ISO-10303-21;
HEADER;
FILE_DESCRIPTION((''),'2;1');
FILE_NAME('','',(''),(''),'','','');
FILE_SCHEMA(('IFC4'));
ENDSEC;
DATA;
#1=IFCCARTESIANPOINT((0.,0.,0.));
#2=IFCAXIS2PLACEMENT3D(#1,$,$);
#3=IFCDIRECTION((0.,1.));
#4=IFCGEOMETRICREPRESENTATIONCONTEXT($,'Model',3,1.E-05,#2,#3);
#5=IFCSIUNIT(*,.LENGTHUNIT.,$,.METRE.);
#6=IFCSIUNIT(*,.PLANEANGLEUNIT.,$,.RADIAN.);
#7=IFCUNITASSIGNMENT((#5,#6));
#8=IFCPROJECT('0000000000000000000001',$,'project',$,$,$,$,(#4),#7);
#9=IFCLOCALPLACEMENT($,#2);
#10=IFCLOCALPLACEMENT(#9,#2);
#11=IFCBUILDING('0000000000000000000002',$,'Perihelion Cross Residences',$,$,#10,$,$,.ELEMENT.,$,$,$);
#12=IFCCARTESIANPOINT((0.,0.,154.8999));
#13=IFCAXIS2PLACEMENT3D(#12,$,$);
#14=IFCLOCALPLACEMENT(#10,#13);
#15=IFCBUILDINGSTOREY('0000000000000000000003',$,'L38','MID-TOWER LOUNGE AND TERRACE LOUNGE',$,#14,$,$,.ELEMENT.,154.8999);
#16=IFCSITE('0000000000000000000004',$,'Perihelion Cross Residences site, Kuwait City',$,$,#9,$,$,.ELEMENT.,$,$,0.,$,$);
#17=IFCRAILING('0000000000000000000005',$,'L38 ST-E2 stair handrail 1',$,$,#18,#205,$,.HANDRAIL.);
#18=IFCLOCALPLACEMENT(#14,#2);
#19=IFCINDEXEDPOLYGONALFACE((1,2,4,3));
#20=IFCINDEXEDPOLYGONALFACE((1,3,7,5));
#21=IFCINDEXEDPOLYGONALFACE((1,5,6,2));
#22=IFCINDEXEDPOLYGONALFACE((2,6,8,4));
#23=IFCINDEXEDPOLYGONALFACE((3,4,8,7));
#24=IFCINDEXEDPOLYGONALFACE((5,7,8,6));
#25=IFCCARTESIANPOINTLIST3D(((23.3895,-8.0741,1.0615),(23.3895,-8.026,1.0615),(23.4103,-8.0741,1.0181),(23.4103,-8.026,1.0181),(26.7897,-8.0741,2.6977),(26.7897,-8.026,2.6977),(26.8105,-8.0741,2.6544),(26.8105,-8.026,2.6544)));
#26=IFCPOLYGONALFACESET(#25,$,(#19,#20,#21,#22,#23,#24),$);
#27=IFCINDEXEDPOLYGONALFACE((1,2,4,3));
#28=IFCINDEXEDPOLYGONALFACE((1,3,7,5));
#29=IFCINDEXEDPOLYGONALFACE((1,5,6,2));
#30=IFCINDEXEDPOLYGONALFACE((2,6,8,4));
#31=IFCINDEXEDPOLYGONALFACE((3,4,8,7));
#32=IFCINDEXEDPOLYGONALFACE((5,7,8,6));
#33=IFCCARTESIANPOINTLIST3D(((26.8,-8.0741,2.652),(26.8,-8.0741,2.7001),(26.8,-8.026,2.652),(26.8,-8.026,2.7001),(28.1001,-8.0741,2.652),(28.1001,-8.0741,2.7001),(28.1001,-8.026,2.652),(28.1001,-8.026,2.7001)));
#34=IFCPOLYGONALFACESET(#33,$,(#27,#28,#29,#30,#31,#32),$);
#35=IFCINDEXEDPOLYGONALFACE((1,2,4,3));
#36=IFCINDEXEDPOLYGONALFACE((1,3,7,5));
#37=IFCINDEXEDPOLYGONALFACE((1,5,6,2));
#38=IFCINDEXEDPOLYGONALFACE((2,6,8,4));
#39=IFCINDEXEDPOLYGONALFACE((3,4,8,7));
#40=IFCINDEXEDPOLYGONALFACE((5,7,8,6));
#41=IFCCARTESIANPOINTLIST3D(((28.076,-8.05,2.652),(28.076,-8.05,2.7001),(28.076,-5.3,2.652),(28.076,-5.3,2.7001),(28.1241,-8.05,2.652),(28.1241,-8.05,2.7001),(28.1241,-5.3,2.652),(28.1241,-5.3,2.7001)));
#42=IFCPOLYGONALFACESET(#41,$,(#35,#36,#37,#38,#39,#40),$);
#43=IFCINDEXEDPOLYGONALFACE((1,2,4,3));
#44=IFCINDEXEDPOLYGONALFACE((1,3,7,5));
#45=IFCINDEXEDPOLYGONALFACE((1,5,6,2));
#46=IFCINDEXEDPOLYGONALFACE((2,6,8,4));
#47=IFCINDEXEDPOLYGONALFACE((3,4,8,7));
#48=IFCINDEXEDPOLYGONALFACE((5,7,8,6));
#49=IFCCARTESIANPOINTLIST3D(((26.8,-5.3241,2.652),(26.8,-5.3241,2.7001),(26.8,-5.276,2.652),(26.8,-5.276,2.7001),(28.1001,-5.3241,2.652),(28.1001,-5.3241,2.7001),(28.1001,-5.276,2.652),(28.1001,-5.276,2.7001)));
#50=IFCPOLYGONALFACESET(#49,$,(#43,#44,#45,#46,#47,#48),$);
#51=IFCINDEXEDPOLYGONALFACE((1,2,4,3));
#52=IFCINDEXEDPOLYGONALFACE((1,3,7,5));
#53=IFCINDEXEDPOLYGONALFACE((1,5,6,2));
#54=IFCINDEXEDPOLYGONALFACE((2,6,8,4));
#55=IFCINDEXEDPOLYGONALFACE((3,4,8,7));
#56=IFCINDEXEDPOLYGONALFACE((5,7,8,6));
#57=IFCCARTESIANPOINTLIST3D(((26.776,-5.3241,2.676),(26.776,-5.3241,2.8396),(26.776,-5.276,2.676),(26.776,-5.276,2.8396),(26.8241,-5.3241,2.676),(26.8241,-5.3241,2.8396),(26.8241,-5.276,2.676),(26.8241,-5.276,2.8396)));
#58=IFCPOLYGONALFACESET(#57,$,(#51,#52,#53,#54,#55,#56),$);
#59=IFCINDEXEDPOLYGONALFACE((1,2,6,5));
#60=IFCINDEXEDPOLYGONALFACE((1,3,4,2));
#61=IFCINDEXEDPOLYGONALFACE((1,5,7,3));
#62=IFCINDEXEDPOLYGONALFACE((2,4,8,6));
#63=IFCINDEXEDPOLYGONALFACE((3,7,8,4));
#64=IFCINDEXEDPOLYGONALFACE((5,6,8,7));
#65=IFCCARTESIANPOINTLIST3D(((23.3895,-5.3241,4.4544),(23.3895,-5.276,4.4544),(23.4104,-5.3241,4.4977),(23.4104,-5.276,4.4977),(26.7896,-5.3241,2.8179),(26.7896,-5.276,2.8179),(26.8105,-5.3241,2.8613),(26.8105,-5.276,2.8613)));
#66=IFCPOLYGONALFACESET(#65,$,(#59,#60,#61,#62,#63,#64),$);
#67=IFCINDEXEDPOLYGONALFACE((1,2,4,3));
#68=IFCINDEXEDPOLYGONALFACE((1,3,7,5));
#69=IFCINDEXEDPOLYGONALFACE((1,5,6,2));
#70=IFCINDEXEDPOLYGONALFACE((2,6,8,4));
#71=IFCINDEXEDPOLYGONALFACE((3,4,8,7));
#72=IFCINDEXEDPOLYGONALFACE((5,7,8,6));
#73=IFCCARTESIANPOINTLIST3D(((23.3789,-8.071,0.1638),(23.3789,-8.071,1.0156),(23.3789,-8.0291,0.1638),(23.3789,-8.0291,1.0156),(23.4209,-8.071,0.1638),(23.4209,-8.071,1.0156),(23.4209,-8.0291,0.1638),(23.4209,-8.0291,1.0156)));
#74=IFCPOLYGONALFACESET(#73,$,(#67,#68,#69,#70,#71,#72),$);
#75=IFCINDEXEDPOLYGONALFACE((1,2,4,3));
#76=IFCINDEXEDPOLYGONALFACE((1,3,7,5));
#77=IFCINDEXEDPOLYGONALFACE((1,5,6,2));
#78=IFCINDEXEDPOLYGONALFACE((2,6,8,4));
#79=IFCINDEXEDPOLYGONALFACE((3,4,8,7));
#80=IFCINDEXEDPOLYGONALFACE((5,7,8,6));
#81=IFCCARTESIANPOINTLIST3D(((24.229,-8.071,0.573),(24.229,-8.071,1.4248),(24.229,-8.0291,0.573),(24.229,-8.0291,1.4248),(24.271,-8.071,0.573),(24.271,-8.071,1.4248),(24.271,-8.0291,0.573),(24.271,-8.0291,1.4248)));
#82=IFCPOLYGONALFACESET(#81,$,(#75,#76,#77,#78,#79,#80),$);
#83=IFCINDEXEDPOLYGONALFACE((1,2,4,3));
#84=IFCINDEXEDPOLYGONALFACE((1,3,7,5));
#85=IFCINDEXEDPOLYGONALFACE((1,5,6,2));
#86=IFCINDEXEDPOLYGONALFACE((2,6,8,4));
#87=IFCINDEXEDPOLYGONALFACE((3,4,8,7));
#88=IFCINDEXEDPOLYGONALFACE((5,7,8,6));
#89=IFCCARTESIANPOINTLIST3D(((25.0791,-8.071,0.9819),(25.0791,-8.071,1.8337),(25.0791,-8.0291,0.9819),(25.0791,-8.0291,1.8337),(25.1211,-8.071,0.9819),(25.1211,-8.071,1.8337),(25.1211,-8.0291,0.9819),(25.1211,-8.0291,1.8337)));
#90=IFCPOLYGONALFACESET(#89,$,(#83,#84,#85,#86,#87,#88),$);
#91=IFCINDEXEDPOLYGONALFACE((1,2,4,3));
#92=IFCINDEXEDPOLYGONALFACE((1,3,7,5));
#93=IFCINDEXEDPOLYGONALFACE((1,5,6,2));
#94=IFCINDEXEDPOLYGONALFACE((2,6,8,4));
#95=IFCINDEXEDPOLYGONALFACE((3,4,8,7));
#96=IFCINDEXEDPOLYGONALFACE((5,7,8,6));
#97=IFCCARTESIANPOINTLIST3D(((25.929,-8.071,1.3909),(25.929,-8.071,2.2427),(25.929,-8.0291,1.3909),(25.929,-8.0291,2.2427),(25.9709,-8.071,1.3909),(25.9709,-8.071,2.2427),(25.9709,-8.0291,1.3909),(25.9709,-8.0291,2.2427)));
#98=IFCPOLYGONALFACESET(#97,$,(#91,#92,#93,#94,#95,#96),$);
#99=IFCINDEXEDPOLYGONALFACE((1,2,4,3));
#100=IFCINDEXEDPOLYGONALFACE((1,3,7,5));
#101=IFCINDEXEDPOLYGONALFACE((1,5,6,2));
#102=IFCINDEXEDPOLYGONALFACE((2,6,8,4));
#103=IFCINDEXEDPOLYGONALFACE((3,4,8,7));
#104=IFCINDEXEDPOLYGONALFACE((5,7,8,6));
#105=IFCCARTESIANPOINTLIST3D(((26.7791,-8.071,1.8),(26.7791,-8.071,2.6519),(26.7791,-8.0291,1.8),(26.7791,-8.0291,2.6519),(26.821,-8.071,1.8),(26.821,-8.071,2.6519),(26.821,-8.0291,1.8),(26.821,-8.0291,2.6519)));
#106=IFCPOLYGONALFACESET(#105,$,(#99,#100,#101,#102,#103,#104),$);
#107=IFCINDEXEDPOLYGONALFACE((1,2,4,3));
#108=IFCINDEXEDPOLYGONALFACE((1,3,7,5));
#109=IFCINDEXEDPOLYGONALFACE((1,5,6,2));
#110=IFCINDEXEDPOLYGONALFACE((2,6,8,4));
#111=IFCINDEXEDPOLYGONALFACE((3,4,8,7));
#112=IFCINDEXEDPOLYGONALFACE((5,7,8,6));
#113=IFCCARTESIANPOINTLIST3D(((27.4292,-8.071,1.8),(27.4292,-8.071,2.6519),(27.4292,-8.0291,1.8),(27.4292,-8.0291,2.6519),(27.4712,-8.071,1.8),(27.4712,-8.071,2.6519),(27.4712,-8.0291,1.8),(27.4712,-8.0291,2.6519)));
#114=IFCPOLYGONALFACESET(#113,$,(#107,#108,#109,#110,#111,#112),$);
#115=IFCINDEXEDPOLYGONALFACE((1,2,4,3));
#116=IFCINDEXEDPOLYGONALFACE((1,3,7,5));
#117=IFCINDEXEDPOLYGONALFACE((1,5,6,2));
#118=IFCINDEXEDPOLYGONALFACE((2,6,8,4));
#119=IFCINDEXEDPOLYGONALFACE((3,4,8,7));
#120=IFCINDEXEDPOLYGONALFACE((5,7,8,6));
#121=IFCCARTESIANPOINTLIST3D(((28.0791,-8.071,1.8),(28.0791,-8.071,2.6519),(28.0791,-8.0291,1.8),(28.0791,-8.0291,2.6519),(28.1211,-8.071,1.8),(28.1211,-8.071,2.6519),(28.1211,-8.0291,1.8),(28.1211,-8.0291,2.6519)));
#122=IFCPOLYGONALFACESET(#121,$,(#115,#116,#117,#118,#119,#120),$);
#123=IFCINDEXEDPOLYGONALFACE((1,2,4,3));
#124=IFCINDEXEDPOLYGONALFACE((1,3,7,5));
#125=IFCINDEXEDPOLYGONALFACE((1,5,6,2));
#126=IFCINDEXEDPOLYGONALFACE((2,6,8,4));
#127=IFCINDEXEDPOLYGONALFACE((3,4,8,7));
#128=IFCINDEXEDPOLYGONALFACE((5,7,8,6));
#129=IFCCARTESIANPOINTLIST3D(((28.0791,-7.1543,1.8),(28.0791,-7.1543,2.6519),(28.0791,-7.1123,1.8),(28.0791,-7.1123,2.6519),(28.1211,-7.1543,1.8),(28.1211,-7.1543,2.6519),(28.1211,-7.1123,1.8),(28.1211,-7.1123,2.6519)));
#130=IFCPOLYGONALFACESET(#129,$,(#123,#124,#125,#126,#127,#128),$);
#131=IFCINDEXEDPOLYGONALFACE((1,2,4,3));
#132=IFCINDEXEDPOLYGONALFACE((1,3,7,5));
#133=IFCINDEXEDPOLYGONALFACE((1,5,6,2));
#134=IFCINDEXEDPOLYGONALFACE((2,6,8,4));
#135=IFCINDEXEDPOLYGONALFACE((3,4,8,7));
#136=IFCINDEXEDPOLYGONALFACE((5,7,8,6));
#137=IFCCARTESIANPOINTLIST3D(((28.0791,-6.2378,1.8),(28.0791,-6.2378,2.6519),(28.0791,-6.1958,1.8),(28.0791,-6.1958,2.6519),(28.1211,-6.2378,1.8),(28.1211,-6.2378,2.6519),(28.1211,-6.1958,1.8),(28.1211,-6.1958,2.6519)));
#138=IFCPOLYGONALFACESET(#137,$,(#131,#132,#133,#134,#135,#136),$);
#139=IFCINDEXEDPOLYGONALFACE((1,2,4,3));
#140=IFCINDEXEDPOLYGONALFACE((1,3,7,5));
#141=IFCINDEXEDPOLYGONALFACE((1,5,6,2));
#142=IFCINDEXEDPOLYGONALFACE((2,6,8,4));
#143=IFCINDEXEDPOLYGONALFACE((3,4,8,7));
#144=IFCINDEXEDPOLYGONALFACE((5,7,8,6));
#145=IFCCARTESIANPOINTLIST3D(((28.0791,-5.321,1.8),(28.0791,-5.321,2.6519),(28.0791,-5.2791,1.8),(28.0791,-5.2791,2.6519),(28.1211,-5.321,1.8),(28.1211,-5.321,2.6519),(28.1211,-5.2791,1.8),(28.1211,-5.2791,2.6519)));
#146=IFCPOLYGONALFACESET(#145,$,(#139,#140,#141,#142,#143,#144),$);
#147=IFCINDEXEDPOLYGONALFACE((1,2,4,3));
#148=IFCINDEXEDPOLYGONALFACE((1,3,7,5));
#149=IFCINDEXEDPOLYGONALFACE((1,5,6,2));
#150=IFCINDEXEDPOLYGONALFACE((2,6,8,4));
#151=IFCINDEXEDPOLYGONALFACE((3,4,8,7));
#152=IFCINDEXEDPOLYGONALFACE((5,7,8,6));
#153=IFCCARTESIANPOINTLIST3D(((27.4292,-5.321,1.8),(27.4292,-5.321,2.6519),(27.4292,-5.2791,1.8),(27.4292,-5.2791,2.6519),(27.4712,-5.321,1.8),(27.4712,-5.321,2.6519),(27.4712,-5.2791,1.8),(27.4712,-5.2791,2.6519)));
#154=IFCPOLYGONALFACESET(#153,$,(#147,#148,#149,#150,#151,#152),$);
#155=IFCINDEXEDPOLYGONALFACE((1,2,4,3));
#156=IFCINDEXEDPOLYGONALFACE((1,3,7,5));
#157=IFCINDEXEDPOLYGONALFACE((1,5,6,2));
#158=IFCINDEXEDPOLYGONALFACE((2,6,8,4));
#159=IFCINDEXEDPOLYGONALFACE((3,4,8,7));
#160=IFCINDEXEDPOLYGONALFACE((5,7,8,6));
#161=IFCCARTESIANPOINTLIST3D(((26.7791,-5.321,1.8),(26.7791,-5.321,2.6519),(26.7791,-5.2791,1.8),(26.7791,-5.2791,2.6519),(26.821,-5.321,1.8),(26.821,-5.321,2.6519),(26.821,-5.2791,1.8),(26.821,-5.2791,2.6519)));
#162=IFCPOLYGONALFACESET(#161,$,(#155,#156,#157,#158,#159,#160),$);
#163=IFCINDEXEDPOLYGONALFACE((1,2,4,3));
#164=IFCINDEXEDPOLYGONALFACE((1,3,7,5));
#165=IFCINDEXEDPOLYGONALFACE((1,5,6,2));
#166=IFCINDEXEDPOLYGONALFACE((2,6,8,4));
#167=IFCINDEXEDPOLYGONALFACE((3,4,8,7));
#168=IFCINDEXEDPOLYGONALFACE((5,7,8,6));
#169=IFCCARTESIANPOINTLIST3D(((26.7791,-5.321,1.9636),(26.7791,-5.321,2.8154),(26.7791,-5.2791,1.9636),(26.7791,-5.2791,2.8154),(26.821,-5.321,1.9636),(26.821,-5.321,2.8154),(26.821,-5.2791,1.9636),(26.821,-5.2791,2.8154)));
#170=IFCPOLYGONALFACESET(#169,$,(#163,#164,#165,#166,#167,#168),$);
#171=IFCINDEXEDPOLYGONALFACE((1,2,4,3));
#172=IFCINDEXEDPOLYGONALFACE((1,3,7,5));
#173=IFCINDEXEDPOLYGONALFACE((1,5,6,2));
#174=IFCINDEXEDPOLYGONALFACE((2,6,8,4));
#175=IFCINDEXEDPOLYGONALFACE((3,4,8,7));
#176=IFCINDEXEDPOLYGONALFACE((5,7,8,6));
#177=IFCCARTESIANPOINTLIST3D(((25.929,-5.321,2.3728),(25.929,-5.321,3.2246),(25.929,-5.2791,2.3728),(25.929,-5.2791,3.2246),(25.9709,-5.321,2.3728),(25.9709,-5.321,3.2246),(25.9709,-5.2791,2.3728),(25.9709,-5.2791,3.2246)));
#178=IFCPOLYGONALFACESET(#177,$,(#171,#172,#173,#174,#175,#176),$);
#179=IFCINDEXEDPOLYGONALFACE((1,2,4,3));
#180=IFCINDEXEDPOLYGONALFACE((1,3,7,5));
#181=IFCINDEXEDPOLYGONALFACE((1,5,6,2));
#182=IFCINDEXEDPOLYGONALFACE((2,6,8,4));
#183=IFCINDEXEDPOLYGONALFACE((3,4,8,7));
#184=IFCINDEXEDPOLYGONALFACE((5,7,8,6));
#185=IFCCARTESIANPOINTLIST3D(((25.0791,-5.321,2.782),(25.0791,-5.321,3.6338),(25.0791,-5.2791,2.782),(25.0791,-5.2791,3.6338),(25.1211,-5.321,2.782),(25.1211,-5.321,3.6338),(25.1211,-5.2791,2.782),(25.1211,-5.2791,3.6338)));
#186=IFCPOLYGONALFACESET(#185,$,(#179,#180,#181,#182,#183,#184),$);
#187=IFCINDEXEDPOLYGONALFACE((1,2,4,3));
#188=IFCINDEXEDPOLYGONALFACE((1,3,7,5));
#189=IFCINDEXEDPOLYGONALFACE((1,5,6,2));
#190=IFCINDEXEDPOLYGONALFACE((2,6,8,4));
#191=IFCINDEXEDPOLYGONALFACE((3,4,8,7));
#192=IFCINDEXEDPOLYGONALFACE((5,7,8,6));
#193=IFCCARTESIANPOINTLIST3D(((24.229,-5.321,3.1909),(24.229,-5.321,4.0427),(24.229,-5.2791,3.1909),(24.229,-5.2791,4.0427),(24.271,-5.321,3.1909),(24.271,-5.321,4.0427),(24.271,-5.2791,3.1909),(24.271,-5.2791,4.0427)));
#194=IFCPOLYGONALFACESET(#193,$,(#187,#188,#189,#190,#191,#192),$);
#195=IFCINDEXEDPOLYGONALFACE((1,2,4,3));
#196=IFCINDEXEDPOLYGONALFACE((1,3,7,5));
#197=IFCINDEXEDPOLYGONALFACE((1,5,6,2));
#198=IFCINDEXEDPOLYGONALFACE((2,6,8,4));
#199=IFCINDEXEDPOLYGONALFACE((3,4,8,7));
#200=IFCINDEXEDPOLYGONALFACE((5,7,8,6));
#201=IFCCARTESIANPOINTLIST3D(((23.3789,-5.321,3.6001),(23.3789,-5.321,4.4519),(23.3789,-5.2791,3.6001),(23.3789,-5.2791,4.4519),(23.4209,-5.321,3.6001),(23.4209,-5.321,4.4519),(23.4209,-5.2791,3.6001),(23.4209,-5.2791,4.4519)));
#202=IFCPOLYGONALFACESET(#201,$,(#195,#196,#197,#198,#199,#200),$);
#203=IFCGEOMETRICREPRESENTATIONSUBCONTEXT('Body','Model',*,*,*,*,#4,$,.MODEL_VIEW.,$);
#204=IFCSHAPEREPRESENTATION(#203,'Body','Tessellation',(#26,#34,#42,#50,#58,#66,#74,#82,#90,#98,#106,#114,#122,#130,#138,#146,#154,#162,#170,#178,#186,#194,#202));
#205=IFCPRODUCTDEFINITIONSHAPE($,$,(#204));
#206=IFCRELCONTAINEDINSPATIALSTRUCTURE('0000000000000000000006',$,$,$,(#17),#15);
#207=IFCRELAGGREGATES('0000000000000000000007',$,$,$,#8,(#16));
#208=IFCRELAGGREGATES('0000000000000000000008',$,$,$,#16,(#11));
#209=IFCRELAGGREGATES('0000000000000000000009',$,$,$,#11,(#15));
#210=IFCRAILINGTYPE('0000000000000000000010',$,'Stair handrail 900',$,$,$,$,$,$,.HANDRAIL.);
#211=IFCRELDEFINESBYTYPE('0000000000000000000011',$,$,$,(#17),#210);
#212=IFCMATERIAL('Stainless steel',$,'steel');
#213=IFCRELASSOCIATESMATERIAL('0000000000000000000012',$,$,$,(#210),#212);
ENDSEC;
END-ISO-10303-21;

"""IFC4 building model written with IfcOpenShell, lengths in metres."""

from ifc_helpers import new_model, si_unit, direction, frame, origin, origin_2d, place, context, subcontext, project, spatial, rectangle, extrude, material, type_object, element, save


model = new_model("IFC4")

# Units and contexts
model_context = context("Model", 3, precision=1e-05, world=origin(), true_north=direction((0.0, 1.0)))
body_context = subcontext(model_context, "Body", "Model", "MODEL_VIEW")
ifc_project = project(units=[si_unit("LENGTHUNIT", "METRE"), si_unit("PLANEANGLEUNIT", "RADIAN")], contexts=[model_context])

# Site, building, storey
site_placement = place(None, origin())
site = spatial("IfcSite", under=ifc_project, at=site_placement, Name="Perihelion Cross Residences site, Kuwait City", CompositionType="ELEMENT", RefElevation=0.0)
building_placement = place(site_placement, origin())
building = spatial("IfcBuilding", under=site, at=building_placement, Name="Perihelion Cross Residences", CompositionType="ELEMENT")
storey_placement = place(building_placement, frame((0.0, 0.0, 154.8999)))
storey = spatial("IfcBuildingStorey", under=building, at=storey_placement, Name="L38", Description="MID-TOWER LOUNGE AND TERRACE LOUNGE", CompositionType="ELEMENT", Elevation=154.8999)

# Railing
ifc_material_1 = material(Name="Stainless steel", Category="steel")
railing_type_1 = type_object("IfcRailingType", Name="Stair handrail 900", PredefinedType="HANDRAIL", material=ifc_material_1)
railing_1_placement = place(storey_placement, frame((23.3999, -8.05, 0.1638)))
element("IfcRailing", 1, at=railing_1_placement, inside=storey, type_object=railing_type_1, Name="L38 ST-E2 stair handrail 1", PredefinedType="HANDRAIL", context=body_context, shape_type="SweptSolid", body=[
    extrude(rectangle(XDim=0.0481, YDim=0.0481, at=origin_2d()), frame((0.0, 0.0, 0.876), z_axis=(0.901093, 0.0, 0.433627), x_axis=(0.0, 1.0, 0.0)), (0.0, 0.0, 1.0), 3.7734),
    extrude(rectangle(XDim=0.0481, YDim=0.0481, at=origin_2d()), frame((3.4001, 0.0, 2.5122), z_axis=(1.0, 0.0, 0.0), x_axis=(0.0, 1.0, 0.0)), (0.0, 0.0, 1.0), 1.3),
    extrude(rectangle(XDim=0.0481, YDim=0.0481, at=origin_2d()), frame((4.7002, 0.0, 2.5122), z_axis=(0.0, 1.0, 0.0), x_axis=(-1.0, 0.0, 0.0)), (0.0, 0.0, 1.0), 2.75),
    extrude(rectangle(XDim=0.0481, YDim=0.0481, at=origin_2d()), frame((4.7002, 2.75, 2.5122), z_axis=(-1.0, 0.0, 0.0), x_axis=(0.0, -1.0, 0.0)), (0.0, 0.0, 1.0), 1.3),
    extrude(rectangle(XDim=0.0481, YDim=0.0481, at=origin_2d()), frame((3.4001, 2.75, 2.5122), z_axis=(0.0, 0.0, 1.0), x_axis=(1.0, 0.0, 0.0)), (0.0, 0.0, 1.0), 0.1636),
    extrude(rectangle(XDim=0.0481, YDim=0.0481, at=origin_2d()), frame((3.4001, 2.75, 2.6758), z_axis=(-0.901067, 0.0, 0.433679), x_axis=(0.0, -1.0, 0.0)), (0.0, 0.0, 1.0), 3.7734),
    extrude(rectangle(XDim=0.042, YDim=0.042, at=origin_2d()), origin(), (0.0, 0.0, 1.0), 0.8518),
    extrude(rectangle(XDim=0.042, YDim=0.042, at=origin_2d()), frame((0.8501, 0.0, 0.4092)), (0.0, 0.0, 1.0), 0.8518),
    extrude(rectangle(XDim=0.042, YDim=0.042, at=origin_2d()), frame((1.7002, 0.0, 0.8181)), (0.0, 0.0, 1.0), 0.8518),
    extrude(rectangle(XDim=0.042, YDim=0.042, at=origin_2d()), frame((2.55, 0.0, 1.2271)), (0.0, 0.0, 1.0), 0.8518),
    extrude(rectangle(XDim=0.042, YDim=0.042, at=origin_2d()), frame((3.4001, 0.0, 1.6362)), (0.0, 0.0, 1.0), 0.8518),
    extrude(rectangle(XDim=0.042, YDim=0.042, at=origin_2d()), frame((4.0503, 0.0, 1.6362)), (0.0, 0.0, 1.0), 0.8518),
    extrude(rectangle(XDim=0.042, YDim=0.042, at=origin_2d()), frame((4.7002, 0.0, 1.6362)), (0.0, 0.0, 1.0), 0.8518),
    extrude(rectangle(XDim=0.042, YDim=0.042, at=origin_2d()), frame((4.7002, 0.9167, 1.6362)), (0.0, 0.0, 1.0), 0.8518),
    extrude(rectangle(XDim=0.042, YDim=0.042, at=origin_2d()), frame((4.7002, 1.8333, 1.6362)), (0.0, 0.0, 1.0), 0.8518),
    extrude(rectangle(XDim=0.042, YDim=0.042, at=origin_2d()), frame((4.7002, 2.75, 1.6362)), (0.0, 0.0, 1.0), 0.8518),
    extrude(rectangle(XDim=0.042, YDim=0.042, at=origin_2d()), frame((4.0503, 2.75, 1.6362)), (0.0, 0.0, 1.0), 0.8518),
    extrude(rectangle(XDim=0.042, YDim=0.042, at=origin_2d()), frame((3.4001, 2.75, 1.6362)), (0.0, 0.0, 1.0), 0.8518),
    extrude(rectangle(XDim=0.042, YDim=0.042, at=origin_2d()), frame((3.4001, 2.75, 1.7998)), (0.0, 0.0, 1.0), 0.8518),
    extrude(rectangle(XDim=0.042, YDim=0.042, at=origin_2d()), frame((2.55, 2.75, 2.209)), (0.0, 0.0, 1.0), 0.8518),
    extrude(rectangle(XDim=0.042, YDim=0.042, at=origin_2d()), frame((1.7002, 2.75, 2.6182)), (0.0, 0.0, 1.0), 0.8518),
    extrude(rectangle(XDim=0.042, YDim=0.042, at=origin_2d()), frame((0.8501, 2.75, 3.0271)), (0.0, 0.0, 1.0), 0.8518),
    extrude(rectangle(XDim=0.042, YDim=0.042, at=origin_2d()), frame((0.0, 2.75, 3.4363)), (0.0, 0.0, 1.0), 0.8518),
])

save(model, "model.ifc")
